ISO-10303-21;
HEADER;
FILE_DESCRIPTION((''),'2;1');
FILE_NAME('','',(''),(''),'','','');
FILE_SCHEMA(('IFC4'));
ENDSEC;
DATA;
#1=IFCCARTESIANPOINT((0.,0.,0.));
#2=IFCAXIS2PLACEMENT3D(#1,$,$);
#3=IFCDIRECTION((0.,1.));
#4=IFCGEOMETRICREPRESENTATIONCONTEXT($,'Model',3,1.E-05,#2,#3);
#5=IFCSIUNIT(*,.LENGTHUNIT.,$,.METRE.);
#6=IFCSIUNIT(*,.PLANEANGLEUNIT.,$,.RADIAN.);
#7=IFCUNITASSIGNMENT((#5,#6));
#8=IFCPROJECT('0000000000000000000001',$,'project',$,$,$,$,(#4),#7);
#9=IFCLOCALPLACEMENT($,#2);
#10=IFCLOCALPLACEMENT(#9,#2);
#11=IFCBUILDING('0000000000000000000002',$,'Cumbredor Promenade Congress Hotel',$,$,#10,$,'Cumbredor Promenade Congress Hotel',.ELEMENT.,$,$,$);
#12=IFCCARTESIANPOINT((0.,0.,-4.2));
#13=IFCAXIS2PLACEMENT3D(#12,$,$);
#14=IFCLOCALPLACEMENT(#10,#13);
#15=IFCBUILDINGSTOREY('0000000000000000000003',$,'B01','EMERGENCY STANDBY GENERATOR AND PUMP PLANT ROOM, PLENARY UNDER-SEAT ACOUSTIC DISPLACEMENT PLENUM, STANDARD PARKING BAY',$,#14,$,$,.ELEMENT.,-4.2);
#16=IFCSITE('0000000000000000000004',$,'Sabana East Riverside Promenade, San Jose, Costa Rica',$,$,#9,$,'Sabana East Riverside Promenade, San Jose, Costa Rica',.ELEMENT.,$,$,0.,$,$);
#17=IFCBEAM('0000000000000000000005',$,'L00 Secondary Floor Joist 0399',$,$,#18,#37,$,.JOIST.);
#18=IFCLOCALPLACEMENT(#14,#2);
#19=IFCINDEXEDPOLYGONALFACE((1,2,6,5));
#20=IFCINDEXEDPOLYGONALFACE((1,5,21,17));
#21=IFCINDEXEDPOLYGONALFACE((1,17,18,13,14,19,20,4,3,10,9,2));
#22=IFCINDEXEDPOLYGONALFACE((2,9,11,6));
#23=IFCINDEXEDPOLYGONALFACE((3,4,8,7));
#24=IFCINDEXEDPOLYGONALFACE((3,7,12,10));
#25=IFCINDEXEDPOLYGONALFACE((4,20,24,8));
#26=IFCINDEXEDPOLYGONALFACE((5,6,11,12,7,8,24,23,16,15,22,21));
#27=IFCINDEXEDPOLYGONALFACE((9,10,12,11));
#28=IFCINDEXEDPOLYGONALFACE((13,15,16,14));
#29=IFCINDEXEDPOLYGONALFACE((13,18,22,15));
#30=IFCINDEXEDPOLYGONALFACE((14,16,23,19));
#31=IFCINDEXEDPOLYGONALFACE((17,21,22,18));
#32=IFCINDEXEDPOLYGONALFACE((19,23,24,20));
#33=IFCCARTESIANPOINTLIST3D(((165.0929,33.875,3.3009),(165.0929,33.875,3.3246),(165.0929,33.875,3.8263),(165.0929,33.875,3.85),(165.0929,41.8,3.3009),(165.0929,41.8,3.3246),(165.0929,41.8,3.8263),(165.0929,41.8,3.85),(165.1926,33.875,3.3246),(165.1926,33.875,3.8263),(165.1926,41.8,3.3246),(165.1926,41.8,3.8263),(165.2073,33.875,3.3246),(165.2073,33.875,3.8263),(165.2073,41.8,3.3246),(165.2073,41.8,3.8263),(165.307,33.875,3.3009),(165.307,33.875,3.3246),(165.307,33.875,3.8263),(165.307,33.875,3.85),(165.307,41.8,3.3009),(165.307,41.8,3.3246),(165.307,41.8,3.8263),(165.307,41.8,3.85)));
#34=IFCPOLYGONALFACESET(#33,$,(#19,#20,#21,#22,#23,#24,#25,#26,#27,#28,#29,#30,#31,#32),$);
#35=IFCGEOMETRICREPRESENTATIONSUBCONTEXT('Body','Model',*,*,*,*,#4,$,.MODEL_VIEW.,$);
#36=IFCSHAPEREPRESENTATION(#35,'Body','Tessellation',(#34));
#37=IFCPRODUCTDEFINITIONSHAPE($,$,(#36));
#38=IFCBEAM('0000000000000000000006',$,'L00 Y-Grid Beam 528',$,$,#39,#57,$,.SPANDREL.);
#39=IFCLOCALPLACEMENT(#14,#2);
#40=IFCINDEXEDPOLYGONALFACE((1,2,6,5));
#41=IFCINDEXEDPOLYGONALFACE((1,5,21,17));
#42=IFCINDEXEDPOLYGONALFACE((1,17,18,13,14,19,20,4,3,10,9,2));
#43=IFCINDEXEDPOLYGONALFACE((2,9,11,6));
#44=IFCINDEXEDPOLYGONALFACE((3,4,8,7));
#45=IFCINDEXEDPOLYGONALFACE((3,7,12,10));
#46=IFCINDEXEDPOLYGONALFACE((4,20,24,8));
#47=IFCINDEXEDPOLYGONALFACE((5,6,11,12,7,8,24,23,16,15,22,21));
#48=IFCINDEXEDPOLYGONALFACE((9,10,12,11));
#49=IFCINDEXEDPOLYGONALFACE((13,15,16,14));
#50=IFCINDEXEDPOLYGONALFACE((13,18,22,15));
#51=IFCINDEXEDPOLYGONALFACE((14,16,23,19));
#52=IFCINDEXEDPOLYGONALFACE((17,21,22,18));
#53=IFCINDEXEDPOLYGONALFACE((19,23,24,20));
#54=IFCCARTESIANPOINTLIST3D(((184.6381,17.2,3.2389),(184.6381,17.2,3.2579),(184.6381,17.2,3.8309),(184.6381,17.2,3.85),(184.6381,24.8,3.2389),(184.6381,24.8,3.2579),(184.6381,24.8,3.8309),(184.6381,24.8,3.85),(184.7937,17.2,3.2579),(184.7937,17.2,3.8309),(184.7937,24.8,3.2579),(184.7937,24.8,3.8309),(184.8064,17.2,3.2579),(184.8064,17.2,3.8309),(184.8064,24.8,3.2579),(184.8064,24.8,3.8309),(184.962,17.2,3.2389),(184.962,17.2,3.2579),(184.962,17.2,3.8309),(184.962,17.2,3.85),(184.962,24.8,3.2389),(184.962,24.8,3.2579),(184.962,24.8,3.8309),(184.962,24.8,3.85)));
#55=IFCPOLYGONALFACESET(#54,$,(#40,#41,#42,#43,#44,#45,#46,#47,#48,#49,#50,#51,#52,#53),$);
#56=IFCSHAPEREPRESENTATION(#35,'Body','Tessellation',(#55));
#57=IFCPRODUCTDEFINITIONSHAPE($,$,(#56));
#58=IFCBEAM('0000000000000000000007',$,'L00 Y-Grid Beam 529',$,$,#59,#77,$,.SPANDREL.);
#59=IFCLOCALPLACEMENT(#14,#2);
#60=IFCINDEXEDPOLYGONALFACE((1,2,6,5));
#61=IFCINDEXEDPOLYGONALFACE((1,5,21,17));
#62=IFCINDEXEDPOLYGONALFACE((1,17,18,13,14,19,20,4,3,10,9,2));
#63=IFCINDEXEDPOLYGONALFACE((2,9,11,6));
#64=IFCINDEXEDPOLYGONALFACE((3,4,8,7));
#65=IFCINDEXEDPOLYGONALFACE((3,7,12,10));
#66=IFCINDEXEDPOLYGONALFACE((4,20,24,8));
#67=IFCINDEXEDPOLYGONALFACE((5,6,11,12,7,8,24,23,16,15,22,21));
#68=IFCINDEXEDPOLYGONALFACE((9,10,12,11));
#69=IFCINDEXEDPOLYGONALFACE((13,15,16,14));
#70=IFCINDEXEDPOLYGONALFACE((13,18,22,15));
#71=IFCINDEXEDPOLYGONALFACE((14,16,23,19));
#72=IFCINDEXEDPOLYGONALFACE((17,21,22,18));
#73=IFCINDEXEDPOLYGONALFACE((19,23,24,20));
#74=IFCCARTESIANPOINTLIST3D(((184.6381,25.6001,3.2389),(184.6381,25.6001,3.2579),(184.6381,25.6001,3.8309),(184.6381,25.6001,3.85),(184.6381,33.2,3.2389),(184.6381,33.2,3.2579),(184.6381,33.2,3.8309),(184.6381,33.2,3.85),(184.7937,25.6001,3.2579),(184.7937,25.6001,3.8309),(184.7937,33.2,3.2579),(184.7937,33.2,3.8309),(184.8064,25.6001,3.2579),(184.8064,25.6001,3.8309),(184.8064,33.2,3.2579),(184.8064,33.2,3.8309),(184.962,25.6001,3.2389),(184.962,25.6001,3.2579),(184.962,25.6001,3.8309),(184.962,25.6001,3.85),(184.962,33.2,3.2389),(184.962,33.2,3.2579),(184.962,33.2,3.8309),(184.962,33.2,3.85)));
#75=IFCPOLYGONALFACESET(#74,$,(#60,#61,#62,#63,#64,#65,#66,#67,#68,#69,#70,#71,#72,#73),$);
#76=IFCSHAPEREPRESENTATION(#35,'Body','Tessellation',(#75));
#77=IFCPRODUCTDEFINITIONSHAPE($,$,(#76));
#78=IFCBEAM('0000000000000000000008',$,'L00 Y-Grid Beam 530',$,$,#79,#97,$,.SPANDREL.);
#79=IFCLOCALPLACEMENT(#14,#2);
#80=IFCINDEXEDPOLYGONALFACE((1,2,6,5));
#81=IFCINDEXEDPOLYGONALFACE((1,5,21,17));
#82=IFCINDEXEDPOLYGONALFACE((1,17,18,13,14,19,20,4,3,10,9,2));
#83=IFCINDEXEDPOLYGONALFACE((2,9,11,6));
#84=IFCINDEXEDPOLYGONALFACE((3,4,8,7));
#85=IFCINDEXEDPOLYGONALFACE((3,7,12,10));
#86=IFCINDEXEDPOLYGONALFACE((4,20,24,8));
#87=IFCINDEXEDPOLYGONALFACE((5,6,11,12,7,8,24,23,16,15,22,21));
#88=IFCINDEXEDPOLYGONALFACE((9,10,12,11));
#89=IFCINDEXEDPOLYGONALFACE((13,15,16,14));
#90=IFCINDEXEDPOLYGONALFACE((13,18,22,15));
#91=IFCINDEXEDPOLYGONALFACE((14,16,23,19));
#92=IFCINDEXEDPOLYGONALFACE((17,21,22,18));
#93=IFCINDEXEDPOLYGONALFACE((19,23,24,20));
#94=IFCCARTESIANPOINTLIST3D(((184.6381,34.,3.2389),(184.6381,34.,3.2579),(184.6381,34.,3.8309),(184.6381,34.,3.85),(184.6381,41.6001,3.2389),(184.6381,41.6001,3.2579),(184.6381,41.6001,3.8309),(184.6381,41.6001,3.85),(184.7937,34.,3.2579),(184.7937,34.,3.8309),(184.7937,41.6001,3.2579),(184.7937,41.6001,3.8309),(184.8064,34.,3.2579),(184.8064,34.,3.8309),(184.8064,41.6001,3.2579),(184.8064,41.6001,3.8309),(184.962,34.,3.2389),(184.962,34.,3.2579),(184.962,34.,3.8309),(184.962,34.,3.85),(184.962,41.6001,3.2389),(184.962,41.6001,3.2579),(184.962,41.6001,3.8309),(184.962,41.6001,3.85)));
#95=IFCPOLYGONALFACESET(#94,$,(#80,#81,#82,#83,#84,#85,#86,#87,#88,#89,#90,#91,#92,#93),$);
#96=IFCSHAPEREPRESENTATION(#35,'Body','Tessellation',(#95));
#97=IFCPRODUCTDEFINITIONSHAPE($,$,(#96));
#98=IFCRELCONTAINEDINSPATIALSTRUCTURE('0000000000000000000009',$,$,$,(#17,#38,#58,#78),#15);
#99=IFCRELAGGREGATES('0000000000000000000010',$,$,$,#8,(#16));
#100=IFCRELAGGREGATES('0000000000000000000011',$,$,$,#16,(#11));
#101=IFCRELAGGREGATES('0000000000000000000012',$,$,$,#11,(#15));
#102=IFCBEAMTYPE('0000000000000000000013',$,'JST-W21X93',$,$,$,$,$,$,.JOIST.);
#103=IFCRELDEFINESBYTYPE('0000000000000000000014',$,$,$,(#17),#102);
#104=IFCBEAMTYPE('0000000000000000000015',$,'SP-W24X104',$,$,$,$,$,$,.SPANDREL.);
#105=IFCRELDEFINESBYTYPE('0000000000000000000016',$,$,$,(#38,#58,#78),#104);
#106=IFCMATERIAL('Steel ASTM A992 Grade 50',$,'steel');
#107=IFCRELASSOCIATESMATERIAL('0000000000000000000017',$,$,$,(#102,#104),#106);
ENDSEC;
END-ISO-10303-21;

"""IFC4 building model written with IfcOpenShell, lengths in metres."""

from ifc_helpers import new_model, si_unit, direction, frame, origin, origin_2d, place, context, subcontext, project, spatial, i_section, extrude, material, material_profile, profile_set, type_object, element, save


model = new_model("IFC4")

# Units and contexts
model_context = context("Model", 3, precision=1e-05, world=origin(), true_north=direction((0.0, 1.0)))
body_context = subcontext(model_context, "Body", "Model", "MODEL_VIEW")
ifc_project = project(units=[si_unit("LENGTHUNIT", "METRE"), si_unit("PLANEANGLEUNIT", "RADIAN")], contexts=[model_context])

# Site, building, storey
site_placement = place(None, origin())
site = spatial("IfcSite", under=ifc_project, at=site_placement, Name="Sabana East Riverside Promenade, San Jose, Costa Rica", LongName="Sabana East Riverside Promenade, San Jose, Costa Rica", CompositionType="ELEMENT", RefElevation=0.0)
building_placement = place(site_placement, origin())
building = spatial("IfcBuilding", under=site, at=building_placement, Name="Cumbredor Promenade Congress Hotel", LongName="Cumbredor Promenade Congress Hotel", CompositionType="ELEMENT")
storey_placement = place(building_placement, frame((0.0, 0.0, -4.2)))
storey = spatial("IfcBuildingStorey", under=building, at=storey_placement, Name="B01", Description="EMERGENCY STANDBY GENERATOR AND PUMP PLANT ROOM, PLENARY UNDER-SEAT ACOUSTIC DISPLACEMENT PLENUM, STANDARD PARKING BAY", CompositionType="ELEMENT", Elevation=-4.2)

# Beams
ifc_material_1 = material(Name="Steel ASTM A992 Grade 50", Category="steel")
ifc_material_profile_1 = material_profile(ifc_material_1, i_section(OverallWidth=0.2141, OverallDepth=0.5491, WebThickness=0.0146, FlangeThickness=0.0237, at=origin_2d()), Name="W21X93")
ifc_profile_set_1 = profile_set([ifc_material_profile_1], Name="Steel ASTM A992 Grade 50")
beam_type_1 = type_object("IfcBeamType", Name="JST-W21X93", PredefinedType="JOIST", material=ifc_profile_set_1)
for number, where, z_axis, x_axis, name in (
    (1, (165.2, 33.875, 3.5754), (0.0, 1.0, 0.0), (-1.0, 0.0, 0.0), "L00 Secondary Floor Joist 0399"),
):
    element("IfcBeam", number, at=place(storey_placement, frame(where, z_axis=z_axis, x_axis=x_axis)), inside=storey, type_object=beam_type_1, Name=name, PredefinedType="JOIST", context=body_context, shape_type="SweptSolid", body=[
        extrude(i_section(OverallWidth=0.2141, OverallDepth=0.5491, WebThickness=0.0146, FlangeThickness=0.0237, at=origin_2d()), origin(), (0.0, 0.0, 1.0), 7.925),
    ])
ifc_material_profile_2 = material_profile(ifc_material_1, i_section(OverallWidth=0.324, OverallDepth=0.6111, WebThickness=0.0127, FlangeThickness=0.019, at=origin_2d()), Name="W24X104")
ifc_profile_set_2 = profile_set([ifc_material_profile_2], Name="Steel ASTM A992 Grade 50")
beam_type_2 = type_object("IfcBeamType", Name="SP-W24X104", PredefinedType="SPANDREL", material=ifc_profile_set_2)
beam_1_placement = place(storey_placement, frame((184.8, 17.2, 3.5444), z_axis=(0.0, 1.0, 0.0), x_axis=(-1.0, 0.0, 0.0)))
element("IfcBeam", 2, at=beam_1_placement, inside=storey, type_object=beam_type_2, Name="L00 Y-Grid Beam 528", PredefinedType="SPANDREL", context=body_context, shape_type="SweptSolid", body=[
    extrude(i_section(OverallWidth=0.324, OverallDepth=0.6111, WebThickness=0.0127, FlangeThickness=0.019, at=origin_2d()), origin(), (0.0, 0.0, 1.0), 7.6001),
])
beam_2_placement = place(storey_placement, frame((184.8, 25.6001, 3.5444), z_axis=(0.0, 1.0, 0.0), x_axis=(-1.0, 0.0, 0.0)))
element("IfcBeam", 3, at=beam_2_placement, inside=storey, type_object=beam_type_2, Name="L00 Y-Grid Beam 529", PredefinedType="SPANDREL", context=body_context, shape_type="SweptSolid", body=[
    extrude(i_section(OverallWidth=0.324, OverallDepth=0.6111, WebThickness=0.0127, FlangeThickness=0.019, at=origin_2d()), origin(), (0.0, 0.0, 1.0), 7.5999),
])
beam_3_placement = place(storey_placement, frame((184.8, 34.0, 3.5444), z_axis=(0.0, 1.0, 0.0), x_axis=(-1.0, 0.0, 0.0)))
element("IfcBeam", 4, at=beam_3_placement, inside=storey, type_object=beam_type_2, Name="L00 Y-Grid Beam 530", PredefinedType="SPANDREL", context=body_context, shape_type="SweptSolid", body=[
    extrude(i_section(OverallWidth=0.324, OverallDepth=0.6111, WebThickness=0.0127, FlangeThickness=0.019, at=origin_2d()), origin(), (0.0, 0.0, 1.0), 7.6001),
])

save(model, "model.ifc")
